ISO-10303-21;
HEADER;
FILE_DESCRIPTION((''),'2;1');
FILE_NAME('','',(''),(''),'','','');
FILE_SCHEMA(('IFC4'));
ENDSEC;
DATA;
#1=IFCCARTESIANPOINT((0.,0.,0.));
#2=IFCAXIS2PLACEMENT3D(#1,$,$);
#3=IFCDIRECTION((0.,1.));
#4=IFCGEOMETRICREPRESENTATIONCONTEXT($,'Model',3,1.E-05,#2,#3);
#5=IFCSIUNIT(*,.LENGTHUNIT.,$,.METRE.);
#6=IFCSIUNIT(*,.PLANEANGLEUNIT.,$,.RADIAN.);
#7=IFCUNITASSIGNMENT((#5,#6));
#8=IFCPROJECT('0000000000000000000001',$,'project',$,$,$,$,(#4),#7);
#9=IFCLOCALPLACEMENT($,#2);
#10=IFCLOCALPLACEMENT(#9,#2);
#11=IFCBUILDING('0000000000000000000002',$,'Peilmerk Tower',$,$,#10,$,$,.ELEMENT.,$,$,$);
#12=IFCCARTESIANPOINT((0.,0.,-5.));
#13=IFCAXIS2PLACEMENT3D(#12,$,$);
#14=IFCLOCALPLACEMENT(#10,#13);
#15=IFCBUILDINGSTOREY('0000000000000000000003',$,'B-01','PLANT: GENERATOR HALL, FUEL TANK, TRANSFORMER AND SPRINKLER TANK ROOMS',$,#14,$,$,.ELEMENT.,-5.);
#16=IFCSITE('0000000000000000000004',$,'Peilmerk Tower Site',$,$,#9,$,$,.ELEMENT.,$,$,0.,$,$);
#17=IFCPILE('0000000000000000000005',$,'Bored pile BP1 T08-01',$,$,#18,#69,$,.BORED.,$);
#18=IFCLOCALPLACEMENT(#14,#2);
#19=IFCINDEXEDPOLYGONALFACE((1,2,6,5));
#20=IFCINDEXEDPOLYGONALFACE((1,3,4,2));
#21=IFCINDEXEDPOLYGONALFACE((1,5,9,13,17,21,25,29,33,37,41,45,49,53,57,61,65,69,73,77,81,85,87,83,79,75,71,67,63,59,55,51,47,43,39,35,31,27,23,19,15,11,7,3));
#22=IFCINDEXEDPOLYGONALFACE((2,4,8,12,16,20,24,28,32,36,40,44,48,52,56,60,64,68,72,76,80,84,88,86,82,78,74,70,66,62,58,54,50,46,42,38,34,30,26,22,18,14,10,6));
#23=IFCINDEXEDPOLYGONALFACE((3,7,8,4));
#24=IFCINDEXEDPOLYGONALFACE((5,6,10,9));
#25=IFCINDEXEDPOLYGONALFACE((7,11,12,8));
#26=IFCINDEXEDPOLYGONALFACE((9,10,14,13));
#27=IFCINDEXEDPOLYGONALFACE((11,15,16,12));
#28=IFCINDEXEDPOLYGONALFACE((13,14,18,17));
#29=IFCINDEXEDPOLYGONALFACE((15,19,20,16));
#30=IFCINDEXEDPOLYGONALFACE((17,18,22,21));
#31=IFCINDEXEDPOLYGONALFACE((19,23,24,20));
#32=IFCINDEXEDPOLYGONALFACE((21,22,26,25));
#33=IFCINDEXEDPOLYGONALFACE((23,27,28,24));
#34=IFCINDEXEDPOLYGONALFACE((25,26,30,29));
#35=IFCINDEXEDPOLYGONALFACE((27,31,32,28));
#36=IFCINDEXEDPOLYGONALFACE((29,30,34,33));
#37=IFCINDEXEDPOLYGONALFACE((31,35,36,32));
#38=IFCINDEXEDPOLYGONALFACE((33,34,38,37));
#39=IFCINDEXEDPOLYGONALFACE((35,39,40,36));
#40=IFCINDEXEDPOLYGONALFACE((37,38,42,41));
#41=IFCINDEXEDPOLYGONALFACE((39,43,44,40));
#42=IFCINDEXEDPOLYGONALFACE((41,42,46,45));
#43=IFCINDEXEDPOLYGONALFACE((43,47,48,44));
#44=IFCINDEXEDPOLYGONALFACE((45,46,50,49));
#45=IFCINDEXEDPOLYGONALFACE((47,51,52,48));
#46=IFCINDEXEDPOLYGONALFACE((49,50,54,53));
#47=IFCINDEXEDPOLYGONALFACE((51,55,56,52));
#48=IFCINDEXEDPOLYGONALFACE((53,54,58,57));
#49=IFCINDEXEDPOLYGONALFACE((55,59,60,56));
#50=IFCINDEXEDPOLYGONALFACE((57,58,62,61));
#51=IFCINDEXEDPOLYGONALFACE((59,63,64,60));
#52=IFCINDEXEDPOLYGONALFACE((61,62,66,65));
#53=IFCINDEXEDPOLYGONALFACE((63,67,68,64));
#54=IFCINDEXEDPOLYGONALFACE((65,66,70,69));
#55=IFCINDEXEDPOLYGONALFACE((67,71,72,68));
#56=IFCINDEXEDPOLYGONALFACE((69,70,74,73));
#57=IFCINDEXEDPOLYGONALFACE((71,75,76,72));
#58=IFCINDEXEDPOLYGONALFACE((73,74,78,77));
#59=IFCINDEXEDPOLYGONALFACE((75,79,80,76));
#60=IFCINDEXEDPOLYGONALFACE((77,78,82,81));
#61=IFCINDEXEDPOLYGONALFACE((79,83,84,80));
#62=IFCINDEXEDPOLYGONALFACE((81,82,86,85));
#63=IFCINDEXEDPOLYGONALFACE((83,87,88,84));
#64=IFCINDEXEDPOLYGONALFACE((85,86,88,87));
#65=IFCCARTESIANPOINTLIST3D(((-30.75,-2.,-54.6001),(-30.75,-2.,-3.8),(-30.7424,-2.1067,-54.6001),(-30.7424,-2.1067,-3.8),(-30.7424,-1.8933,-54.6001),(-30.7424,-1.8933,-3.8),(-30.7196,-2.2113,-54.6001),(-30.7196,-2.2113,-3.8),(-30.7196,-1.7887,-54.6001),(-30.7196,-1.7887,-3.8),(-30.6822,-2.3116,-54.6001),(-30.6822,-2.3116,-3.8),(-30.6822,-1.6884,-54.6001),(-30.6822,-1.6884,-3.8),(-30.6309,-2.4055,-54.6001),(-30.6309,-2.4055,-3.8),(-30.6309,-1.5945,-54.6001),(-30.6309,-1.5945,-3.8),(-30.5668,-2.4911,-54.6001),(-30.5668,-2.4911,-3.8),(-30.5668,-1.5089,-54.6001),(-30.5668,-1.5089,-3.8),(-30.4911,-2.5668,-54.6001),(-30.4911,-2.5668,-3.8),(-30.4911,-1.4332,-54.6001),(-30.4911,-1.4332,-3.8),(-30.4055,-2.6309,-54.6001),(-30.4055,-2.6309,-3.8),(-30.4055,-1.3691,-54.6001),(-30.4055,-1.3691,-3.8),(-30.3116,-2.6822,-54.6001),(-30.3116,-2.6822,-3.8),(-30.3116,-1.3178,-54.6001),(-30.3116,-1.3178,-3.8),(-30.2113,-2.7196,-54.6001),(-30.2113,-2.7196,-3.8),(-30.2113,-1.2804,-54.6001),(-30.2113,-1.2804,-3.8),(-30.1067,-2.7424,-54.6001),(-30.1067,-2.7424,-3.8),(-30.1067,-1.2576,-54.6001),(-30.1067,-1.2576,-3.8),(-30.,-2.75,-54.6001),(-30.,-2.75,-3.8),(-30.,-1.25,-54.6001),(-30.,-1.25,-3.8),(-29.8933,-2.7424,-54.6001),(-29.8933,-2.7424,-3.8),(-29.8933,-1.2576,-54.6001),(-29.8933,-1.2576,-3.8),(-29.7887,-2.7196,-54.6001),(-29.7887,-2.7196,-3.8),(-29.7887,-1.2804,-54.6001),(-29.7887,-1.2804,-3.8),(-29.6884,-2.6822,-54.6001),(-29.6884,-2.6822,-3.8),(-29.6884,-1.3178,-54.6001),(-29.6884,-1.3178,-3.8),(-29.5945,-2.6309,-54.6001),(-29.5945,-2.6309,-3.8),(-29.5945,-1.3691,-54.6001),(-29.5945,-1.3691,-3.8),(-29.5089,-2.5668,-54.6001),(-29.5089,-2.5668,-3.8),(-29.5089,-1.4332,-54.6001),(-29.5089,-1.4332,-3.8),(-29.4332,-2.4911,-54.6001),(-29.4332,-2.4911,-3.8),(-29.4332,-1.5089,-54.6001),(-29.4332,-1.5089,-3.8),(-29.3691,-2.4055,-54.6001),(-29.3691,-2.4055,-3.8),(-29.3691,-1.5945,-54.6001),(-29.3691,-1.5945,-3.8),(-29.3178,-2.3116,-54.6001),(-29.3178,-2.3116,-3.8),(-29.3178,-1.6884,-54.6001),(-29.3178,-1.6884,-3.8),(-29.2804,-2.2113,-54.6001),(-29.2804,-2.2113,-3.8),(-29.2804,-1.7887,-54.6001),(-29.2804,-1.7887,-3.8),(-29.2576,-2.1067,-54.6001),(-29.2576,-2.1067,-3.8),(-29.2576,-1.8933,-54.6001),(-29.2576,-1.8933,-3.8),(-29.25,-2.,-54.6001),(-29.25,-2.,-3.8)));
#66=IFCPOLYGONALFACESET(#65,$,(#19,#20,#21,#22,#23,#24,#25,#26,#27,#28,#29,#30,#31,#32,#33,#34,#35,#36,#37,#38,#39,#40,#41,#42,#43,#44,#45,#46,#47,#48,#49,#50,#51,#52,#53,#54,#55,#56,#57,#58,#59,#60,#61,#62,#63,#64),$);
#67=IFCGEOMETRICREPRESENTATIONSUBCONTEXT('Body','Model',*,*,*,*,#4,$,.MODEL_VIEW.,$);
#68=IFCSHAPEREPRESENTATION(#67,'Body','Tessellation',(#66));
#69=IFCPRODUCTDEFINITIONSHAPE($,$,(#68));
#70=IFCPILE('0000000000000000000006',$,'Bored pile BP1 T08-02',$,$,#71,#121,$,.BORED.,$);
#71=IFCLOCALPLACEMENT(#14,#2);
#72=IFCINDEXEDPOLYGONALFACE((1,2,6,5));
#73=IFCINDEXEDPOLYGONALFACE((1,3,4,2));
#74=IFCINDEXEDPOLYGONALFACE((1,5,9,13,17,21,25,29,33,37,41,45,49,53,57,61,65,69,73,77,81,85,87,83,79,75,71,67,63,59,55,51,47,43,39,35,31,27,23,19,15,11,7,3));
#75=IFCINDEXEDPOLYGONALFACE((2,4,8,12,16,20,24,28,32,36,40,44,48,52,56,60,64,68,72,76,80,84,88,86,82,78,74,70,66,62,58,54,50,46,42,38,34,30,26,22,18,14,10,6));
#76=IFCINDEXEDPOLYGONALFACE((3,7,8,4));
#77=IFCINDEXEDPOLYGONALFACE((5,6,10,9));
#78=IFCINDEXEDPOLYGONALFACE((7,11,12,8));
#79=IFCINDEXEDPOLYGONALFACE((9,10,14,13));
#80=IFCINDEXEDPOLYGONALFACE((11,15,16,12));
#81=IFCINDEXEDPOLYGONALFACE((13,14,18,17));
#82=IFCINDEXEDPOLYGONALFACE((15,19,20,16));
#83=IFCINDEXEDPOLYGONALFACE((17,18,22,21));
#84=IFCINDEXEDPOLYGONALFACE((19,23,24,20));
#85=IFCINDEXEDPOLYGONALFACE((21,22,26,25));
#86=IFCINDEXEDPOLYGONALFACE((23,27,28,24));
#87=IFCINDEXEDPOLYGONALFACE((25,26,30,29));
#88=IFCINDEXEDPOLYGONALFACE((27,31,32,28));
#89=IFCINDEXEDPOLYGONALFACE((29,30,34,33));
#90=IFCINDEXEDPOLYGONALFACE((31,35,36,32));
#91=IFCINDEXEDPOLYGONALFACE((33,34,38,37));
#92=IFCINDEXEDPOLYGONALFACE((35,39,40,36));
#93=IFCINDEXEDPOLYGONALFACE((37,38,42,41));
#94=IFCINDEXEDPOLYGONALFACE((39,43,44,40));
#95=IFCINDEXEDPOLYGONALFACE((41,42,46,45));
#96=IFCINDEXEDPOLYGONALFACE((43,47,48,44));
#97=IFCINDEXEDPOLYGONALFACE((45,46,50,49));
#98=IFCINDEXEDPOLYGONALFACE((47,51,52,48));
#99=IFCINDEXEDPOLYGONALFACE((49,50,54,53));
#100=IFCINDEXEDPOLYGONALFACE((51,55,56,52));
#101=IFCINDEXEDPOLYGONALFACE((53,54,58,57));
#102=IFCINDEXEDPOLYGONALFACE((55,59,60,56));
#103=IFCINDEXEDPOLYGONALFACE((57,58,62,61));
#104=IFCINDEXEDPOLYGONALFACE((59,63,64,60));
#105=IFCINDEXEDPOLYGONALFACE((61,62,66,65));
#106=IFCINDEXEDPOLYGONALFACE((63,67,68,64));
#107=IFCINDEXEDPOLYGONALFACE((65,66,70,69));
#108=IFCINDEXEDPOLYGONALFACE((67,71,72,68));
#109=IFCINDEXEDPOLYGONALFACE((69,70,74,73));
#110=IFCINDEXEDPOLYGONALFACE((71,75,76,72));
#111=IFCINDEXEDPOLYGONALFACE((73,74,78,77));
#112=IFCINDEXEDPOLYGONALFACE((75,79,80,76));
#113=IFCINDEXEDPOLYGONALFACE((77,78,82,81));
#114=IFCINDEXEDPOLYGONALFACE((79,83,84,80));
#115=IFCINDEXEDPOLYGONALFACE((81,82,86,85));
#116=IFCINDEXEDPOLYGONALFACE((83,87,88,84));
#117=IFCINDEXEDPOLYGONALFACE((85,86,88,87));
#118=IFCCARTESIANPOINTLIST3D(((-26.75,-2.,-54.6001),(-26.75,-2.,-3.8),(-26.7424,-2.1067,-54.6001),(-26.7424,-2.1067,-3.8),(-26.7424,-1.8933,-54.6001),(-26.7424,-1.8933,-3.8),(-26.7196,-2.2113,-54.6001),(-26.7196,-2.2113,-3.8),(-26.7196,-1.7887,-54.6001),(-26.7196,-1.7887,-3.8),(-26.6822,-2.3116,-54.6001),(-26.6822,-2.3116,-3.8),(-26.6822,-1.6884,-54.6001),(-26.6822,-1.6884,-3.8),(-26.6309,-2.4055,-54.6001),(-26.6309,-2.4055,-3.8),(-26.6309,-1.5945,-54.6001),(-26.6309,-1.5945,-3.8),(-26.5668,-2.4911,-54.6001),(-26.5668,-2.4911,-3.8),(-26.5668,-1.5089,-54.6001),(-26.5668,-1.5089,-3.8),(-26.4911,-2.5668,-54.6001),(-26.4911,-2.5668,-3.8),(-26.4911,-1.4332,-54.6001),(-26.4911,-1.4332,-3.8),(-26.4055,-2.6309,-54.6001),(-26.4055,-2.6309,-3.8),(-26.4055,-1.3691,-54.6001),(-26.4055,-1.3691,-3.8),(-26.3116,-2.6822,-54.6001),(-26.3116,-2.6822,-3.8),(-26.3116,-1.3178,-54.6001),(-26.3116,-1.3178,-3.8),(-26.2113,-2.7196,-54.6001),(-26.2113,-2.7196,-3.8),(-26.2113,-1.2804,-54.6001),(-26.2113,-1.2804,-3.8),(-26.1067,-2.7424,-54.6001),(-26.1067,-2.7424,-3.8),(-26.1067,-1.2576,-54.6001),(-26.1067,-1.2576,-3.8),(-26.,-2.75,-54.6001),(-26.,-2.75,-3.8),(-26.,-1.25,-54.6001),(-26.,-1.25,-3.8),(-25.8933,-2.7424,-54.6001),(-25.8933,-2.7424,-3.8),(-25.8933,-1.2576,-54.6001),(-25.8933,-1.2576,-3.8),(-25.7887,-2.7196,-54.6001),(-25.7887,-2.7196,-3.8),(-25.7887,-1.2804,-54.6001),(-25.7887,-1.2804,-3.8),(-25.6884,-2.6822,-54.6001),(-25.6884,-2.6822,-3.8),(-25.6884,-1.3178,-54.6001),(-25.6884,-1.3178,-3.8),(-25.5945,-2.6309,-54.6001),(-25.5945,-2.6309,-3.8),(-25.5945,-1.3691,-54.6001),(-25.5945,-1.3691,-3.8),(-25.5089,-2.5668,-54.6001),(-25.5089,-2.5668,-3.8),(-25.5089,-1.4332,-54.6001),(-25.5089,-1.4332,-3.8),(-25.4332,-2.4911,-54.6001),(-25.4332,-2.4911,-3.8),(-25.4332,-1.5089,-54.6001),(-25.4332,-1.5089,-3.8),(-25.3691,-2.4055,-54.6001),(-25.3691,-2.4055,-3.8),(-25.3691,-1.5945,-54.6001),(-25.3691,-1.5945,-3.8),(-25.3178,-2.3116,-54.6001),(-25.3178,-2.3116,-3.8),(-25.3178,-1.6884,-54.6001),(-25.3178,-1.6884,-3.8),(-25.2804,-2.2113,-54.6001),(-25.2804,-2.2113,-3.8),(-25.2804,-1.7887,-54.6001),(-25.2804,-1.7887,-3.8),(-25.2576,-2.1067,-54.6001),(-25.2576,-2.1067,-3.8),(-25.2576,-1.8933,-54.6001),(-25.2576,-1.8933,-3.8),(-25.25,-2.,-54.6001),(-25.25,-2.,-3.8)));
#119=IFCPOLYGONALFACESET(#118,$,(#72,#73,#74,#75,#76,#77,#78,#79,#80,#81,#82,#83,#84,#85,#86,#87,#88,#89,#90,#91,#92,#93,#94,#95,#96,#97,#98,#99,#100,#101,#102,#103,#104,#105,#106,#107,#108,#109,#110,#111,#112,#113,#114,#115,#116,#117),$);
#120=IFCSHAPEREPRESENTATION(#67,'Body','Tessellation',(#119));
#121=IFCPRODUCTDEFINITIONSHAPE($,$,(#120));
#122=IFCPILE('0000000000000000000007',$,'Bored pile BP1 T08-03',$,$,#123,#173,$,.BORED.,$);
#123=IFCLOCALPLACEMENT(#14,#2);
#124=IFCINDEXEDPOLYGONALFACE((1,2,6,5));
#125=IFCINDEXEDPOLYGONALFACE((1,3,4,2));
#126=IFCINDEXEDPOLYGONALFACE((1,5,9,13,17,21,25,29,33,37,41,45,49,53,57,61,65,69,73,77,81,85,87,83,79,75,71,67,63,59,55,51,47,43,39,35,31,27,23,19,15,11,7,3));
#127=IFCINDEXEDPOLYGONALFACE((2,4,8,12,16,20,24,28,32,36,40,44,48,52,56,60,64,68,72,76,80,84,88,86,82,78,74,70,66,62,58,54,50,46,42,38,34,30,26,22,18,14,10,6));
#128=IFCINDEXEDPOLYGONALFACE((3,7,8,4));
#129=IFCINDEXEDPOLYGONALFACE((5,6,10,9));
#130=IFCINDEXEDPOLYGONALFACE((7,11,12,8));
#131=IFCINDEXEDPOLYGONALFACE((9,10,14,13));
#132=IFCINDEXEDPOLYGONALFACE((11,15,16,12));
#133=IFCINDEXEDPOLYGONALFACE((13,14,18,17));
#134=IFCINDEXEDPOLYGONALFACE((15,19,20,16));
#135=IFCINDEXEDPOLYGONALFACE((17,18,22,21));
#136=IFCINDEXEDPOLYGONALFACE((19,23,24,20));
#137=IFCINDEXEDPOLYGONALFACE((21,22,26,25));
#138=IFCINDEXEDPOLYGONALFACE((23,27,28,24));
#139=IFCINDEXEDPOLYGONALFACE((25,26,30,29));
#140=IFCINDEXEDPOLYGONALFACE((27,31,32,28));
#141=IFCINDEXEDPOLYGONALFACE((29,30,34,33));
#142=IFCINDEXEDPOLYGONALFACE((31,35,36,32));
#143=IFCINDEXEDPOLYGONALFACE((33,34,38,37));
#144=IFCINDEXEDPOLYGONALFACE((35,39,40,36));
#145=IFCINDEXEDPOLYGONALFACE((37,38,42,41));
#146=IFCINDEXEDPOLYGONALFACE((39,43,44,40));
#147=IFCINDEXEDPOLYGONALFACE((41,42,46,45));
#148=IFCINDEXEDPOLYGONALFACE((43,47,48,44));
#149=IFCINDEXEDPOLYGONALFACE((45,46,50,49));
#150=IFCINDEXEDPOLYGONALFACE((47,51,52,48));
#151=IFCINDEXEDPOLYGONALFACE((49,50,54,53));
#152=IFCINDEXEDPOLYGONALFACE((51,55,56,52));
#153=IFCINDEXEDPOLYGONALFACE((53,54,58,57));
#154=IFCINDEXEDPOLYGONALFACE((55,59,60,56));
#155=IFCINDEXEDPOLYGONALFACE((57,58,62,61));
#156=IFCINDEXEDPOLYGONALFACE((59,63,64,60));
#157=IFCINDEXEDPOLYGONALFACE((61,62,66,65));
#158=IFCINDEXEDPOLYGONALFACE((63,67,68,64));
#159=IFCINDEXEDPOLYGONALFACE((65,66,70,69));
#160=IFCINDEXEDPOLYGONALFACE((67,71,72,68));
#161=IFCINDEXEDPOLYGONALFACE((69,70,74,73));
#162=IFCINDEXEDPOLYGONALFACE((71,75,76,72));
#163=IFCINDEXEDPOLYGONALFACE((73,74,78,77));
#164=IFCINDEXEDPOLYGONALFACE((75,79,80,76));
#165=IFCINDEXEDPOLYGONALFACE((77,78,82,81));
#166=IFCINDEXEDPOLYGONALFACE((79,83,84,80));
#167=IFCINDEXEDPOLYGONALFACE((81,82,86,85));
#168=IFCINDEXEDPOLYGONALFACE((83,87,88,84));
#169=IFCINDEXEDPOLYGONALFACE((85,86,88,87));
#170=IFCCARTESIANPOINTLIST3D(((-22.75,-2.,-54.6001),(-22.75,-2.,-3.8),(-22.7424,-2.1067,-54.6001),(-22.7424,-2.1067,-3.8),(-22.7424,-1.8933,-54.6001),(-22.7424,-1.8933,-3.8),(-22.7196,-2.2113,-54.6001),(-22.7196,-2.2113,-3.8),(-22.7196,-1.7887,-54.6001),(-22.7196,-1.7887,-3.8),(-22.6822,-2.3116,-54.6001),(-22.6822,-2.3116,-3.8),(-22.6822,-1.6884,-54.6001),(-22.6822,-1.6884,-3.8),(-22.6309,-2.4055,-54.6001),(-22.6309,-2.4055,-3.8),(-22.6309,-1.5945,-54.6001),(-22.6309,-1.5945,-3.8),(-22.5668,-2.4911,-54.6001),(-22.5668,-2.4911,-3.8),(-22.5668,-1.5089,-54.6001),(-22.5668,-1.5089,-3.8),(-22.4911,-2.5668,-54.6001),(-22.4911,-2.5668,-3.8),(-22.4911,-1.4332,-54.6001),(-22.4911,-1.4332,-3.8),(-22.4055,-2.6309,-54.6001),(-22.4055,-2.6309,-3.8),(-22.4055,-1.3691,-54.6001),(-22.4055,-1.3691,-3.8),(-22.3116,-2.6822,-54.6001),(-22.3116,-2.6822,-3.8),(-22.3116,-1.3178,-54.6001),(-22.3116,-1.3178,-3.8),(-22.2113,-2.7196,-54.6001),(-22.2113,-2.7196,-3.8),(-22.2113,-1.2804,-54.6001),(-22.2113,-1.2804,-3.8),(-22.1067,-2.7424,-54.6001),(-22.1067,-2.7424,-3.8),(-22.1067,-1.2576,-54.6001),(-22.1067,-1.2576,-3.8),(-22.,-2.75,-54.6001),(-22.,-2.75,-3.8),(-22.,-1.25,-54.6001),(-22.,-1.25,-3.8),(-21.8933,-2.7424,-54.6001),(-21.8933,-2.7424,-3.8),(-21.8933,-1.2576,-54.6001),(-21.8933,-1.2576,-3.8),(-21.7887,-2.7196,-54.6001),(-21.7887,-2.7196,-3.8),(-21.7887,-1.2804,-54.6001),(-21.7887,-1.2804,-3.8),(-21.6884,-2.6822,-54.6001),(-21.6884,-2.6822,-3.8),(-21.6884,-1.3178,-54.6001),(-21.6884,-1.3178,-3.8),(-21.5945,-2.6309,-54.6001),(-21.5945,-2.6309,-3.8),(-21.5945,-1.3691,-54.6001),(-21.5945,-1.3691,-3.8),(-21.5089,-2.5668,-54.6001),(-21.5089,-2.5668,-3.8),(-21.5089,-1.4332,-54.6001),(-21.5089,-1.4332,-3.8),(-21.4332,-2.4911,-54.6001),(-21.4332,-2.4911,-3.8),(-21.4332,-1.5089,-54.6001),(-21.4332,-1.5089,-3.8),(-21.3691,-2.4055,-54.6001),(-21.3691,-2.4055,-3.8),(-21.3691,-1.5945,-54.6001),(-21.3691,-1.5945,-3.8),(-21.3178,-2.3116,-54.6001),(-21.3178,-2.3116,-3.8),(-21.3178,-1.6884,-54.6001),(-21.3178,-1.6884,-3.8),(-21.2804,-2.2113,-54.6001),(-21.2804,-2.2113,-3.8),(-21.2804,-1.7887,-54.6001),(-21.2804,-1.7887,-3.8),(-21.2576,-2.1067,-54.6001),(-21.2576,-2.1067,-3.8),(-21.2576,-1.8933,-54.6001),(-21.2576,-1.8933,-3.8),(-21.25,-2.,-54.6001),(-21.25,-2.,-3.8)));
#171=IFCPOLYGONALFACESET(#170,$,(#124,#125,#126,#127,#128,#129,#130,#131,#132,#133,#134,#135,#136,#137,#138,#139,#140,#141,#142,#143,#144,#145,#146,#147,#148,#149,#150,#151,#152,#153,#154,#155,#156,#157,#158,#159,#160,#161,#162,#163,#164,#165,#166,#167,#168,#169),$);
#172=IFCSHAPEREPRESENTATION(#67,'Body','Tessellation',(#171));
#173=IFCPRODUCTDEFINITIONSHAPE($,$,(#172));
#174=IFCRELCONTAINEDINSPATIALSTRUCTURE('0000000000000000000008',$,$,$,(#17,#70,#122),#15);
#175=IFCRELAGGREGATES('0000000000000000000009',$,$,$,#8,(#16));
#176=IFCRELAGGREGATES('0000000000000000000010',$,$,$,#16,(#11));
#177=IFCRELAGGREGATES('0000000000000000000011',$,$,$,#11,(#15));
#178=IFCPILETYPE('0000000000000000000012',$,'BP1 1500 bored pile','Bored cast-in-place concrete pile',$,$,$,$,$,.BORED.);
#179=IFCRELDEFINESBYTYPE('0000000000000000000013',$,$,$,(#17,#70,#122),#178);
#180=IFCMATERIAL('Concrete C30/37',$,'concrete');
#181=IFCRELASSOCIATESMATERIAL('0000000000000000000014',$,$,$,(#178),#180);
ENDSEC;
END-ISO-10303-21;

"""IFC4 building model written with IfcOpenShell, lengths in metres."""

from ifc_helpers import new_model, si_unit, direction, frame, origin, origin_2d, place, context, subcontext, project, spatial, circle, extrude, material, material_profile, profile_set, type_object, element, save


model = new_model("IFC4")

# Units and contexts
model_context = context("Model", 3, precision=1e-05, world=origin(), true_north=direction((0.0, 1.0)))
body_context = subcontext(model_context, "Body", "Model", "MODEL_VIEW")
ifc_project = project(units=[si_unit("LENGTHUNIT", "METRE"), si_unit("PLANEANGLEUNIT", "RADIAN")], contexts=[model_context])

# Site, building, storey
site_placement = place(None, origin())
site = spatial("IfcSite", under=ifc_project, at=site_placement, Name="Peilmerk Tower Site", CompositionType="ELEMENT", RefElevation=0.0)
building_placement = place(site_placement, origin())
building = spatial("IfcBuilding", under=site, at=building_placement, Name="Peilmerk Tower", CompositionType="ELEMENT")
storey_placement = place(building_placement, frame((0.0, 0.0, -5.0)))
storey = spatial("IfcBuildingStorey", under=building, at=storey_placement, Name="B-01", Description="PLANT: GENERATOR HALL, FUEL TANK, TRANSFORMER AND SPRINKLER TANK ROOMS", CompositionType="ELEMENT", Elevation=-5.0)

# Piles
ifc_material_1 = material(Name="Concrete C30/37", Category="concrete")
ifc_material_profile_1 = material_profile(ifc_material_1, circle(Radius=0.75, at=origin_2d()), Name="BP 1500")
ifc_profile_set_1 = profile_set([ifc_material_profile_1], Name="Concrete C30/37")
pile_type_1 = type_object("IfcPileType", Name="BP1 1500 bored pile", Description="Bored cast-in-place concrete pile", PredefinedType="BORED", material=ifc_profile_set_1)
for number, where, z_axis, x_axis, name in (
    (1, (-30.0, -2.0, -3.8), (0.0, 0.0, -1.0), (1.0, 0.0, 0.0), "Bored pile BP1 T08-01"),
    (2, (-26.0, -2.0, -3.8), (0.0, 0.0, -1.0), (1.0, 0.0, 0.0), "Bored pile BP1 T08-02"),
    (3, (-22.0, -2.0, -3.8), (0.0, 0.0, -1.0), (1.0, 0.0, 0.0), "Bored pile BP1 T08-03"),
):
    element("IfcPile", number, at=place(storey_placement, frame(where, z_axis=z_axis, x_axis=x_axis)), inside=storey, type_object=pile_type_1, Name=name, PredefinedType="BORED", context=body_context, shape_type="SweptSolid", body=[
        extrude(circle(Radius=0.75, at=origin_2d()), origin(), (0.0, 0.0, 1.0), 50.8),
    ])

save(model, "model.ifc")
